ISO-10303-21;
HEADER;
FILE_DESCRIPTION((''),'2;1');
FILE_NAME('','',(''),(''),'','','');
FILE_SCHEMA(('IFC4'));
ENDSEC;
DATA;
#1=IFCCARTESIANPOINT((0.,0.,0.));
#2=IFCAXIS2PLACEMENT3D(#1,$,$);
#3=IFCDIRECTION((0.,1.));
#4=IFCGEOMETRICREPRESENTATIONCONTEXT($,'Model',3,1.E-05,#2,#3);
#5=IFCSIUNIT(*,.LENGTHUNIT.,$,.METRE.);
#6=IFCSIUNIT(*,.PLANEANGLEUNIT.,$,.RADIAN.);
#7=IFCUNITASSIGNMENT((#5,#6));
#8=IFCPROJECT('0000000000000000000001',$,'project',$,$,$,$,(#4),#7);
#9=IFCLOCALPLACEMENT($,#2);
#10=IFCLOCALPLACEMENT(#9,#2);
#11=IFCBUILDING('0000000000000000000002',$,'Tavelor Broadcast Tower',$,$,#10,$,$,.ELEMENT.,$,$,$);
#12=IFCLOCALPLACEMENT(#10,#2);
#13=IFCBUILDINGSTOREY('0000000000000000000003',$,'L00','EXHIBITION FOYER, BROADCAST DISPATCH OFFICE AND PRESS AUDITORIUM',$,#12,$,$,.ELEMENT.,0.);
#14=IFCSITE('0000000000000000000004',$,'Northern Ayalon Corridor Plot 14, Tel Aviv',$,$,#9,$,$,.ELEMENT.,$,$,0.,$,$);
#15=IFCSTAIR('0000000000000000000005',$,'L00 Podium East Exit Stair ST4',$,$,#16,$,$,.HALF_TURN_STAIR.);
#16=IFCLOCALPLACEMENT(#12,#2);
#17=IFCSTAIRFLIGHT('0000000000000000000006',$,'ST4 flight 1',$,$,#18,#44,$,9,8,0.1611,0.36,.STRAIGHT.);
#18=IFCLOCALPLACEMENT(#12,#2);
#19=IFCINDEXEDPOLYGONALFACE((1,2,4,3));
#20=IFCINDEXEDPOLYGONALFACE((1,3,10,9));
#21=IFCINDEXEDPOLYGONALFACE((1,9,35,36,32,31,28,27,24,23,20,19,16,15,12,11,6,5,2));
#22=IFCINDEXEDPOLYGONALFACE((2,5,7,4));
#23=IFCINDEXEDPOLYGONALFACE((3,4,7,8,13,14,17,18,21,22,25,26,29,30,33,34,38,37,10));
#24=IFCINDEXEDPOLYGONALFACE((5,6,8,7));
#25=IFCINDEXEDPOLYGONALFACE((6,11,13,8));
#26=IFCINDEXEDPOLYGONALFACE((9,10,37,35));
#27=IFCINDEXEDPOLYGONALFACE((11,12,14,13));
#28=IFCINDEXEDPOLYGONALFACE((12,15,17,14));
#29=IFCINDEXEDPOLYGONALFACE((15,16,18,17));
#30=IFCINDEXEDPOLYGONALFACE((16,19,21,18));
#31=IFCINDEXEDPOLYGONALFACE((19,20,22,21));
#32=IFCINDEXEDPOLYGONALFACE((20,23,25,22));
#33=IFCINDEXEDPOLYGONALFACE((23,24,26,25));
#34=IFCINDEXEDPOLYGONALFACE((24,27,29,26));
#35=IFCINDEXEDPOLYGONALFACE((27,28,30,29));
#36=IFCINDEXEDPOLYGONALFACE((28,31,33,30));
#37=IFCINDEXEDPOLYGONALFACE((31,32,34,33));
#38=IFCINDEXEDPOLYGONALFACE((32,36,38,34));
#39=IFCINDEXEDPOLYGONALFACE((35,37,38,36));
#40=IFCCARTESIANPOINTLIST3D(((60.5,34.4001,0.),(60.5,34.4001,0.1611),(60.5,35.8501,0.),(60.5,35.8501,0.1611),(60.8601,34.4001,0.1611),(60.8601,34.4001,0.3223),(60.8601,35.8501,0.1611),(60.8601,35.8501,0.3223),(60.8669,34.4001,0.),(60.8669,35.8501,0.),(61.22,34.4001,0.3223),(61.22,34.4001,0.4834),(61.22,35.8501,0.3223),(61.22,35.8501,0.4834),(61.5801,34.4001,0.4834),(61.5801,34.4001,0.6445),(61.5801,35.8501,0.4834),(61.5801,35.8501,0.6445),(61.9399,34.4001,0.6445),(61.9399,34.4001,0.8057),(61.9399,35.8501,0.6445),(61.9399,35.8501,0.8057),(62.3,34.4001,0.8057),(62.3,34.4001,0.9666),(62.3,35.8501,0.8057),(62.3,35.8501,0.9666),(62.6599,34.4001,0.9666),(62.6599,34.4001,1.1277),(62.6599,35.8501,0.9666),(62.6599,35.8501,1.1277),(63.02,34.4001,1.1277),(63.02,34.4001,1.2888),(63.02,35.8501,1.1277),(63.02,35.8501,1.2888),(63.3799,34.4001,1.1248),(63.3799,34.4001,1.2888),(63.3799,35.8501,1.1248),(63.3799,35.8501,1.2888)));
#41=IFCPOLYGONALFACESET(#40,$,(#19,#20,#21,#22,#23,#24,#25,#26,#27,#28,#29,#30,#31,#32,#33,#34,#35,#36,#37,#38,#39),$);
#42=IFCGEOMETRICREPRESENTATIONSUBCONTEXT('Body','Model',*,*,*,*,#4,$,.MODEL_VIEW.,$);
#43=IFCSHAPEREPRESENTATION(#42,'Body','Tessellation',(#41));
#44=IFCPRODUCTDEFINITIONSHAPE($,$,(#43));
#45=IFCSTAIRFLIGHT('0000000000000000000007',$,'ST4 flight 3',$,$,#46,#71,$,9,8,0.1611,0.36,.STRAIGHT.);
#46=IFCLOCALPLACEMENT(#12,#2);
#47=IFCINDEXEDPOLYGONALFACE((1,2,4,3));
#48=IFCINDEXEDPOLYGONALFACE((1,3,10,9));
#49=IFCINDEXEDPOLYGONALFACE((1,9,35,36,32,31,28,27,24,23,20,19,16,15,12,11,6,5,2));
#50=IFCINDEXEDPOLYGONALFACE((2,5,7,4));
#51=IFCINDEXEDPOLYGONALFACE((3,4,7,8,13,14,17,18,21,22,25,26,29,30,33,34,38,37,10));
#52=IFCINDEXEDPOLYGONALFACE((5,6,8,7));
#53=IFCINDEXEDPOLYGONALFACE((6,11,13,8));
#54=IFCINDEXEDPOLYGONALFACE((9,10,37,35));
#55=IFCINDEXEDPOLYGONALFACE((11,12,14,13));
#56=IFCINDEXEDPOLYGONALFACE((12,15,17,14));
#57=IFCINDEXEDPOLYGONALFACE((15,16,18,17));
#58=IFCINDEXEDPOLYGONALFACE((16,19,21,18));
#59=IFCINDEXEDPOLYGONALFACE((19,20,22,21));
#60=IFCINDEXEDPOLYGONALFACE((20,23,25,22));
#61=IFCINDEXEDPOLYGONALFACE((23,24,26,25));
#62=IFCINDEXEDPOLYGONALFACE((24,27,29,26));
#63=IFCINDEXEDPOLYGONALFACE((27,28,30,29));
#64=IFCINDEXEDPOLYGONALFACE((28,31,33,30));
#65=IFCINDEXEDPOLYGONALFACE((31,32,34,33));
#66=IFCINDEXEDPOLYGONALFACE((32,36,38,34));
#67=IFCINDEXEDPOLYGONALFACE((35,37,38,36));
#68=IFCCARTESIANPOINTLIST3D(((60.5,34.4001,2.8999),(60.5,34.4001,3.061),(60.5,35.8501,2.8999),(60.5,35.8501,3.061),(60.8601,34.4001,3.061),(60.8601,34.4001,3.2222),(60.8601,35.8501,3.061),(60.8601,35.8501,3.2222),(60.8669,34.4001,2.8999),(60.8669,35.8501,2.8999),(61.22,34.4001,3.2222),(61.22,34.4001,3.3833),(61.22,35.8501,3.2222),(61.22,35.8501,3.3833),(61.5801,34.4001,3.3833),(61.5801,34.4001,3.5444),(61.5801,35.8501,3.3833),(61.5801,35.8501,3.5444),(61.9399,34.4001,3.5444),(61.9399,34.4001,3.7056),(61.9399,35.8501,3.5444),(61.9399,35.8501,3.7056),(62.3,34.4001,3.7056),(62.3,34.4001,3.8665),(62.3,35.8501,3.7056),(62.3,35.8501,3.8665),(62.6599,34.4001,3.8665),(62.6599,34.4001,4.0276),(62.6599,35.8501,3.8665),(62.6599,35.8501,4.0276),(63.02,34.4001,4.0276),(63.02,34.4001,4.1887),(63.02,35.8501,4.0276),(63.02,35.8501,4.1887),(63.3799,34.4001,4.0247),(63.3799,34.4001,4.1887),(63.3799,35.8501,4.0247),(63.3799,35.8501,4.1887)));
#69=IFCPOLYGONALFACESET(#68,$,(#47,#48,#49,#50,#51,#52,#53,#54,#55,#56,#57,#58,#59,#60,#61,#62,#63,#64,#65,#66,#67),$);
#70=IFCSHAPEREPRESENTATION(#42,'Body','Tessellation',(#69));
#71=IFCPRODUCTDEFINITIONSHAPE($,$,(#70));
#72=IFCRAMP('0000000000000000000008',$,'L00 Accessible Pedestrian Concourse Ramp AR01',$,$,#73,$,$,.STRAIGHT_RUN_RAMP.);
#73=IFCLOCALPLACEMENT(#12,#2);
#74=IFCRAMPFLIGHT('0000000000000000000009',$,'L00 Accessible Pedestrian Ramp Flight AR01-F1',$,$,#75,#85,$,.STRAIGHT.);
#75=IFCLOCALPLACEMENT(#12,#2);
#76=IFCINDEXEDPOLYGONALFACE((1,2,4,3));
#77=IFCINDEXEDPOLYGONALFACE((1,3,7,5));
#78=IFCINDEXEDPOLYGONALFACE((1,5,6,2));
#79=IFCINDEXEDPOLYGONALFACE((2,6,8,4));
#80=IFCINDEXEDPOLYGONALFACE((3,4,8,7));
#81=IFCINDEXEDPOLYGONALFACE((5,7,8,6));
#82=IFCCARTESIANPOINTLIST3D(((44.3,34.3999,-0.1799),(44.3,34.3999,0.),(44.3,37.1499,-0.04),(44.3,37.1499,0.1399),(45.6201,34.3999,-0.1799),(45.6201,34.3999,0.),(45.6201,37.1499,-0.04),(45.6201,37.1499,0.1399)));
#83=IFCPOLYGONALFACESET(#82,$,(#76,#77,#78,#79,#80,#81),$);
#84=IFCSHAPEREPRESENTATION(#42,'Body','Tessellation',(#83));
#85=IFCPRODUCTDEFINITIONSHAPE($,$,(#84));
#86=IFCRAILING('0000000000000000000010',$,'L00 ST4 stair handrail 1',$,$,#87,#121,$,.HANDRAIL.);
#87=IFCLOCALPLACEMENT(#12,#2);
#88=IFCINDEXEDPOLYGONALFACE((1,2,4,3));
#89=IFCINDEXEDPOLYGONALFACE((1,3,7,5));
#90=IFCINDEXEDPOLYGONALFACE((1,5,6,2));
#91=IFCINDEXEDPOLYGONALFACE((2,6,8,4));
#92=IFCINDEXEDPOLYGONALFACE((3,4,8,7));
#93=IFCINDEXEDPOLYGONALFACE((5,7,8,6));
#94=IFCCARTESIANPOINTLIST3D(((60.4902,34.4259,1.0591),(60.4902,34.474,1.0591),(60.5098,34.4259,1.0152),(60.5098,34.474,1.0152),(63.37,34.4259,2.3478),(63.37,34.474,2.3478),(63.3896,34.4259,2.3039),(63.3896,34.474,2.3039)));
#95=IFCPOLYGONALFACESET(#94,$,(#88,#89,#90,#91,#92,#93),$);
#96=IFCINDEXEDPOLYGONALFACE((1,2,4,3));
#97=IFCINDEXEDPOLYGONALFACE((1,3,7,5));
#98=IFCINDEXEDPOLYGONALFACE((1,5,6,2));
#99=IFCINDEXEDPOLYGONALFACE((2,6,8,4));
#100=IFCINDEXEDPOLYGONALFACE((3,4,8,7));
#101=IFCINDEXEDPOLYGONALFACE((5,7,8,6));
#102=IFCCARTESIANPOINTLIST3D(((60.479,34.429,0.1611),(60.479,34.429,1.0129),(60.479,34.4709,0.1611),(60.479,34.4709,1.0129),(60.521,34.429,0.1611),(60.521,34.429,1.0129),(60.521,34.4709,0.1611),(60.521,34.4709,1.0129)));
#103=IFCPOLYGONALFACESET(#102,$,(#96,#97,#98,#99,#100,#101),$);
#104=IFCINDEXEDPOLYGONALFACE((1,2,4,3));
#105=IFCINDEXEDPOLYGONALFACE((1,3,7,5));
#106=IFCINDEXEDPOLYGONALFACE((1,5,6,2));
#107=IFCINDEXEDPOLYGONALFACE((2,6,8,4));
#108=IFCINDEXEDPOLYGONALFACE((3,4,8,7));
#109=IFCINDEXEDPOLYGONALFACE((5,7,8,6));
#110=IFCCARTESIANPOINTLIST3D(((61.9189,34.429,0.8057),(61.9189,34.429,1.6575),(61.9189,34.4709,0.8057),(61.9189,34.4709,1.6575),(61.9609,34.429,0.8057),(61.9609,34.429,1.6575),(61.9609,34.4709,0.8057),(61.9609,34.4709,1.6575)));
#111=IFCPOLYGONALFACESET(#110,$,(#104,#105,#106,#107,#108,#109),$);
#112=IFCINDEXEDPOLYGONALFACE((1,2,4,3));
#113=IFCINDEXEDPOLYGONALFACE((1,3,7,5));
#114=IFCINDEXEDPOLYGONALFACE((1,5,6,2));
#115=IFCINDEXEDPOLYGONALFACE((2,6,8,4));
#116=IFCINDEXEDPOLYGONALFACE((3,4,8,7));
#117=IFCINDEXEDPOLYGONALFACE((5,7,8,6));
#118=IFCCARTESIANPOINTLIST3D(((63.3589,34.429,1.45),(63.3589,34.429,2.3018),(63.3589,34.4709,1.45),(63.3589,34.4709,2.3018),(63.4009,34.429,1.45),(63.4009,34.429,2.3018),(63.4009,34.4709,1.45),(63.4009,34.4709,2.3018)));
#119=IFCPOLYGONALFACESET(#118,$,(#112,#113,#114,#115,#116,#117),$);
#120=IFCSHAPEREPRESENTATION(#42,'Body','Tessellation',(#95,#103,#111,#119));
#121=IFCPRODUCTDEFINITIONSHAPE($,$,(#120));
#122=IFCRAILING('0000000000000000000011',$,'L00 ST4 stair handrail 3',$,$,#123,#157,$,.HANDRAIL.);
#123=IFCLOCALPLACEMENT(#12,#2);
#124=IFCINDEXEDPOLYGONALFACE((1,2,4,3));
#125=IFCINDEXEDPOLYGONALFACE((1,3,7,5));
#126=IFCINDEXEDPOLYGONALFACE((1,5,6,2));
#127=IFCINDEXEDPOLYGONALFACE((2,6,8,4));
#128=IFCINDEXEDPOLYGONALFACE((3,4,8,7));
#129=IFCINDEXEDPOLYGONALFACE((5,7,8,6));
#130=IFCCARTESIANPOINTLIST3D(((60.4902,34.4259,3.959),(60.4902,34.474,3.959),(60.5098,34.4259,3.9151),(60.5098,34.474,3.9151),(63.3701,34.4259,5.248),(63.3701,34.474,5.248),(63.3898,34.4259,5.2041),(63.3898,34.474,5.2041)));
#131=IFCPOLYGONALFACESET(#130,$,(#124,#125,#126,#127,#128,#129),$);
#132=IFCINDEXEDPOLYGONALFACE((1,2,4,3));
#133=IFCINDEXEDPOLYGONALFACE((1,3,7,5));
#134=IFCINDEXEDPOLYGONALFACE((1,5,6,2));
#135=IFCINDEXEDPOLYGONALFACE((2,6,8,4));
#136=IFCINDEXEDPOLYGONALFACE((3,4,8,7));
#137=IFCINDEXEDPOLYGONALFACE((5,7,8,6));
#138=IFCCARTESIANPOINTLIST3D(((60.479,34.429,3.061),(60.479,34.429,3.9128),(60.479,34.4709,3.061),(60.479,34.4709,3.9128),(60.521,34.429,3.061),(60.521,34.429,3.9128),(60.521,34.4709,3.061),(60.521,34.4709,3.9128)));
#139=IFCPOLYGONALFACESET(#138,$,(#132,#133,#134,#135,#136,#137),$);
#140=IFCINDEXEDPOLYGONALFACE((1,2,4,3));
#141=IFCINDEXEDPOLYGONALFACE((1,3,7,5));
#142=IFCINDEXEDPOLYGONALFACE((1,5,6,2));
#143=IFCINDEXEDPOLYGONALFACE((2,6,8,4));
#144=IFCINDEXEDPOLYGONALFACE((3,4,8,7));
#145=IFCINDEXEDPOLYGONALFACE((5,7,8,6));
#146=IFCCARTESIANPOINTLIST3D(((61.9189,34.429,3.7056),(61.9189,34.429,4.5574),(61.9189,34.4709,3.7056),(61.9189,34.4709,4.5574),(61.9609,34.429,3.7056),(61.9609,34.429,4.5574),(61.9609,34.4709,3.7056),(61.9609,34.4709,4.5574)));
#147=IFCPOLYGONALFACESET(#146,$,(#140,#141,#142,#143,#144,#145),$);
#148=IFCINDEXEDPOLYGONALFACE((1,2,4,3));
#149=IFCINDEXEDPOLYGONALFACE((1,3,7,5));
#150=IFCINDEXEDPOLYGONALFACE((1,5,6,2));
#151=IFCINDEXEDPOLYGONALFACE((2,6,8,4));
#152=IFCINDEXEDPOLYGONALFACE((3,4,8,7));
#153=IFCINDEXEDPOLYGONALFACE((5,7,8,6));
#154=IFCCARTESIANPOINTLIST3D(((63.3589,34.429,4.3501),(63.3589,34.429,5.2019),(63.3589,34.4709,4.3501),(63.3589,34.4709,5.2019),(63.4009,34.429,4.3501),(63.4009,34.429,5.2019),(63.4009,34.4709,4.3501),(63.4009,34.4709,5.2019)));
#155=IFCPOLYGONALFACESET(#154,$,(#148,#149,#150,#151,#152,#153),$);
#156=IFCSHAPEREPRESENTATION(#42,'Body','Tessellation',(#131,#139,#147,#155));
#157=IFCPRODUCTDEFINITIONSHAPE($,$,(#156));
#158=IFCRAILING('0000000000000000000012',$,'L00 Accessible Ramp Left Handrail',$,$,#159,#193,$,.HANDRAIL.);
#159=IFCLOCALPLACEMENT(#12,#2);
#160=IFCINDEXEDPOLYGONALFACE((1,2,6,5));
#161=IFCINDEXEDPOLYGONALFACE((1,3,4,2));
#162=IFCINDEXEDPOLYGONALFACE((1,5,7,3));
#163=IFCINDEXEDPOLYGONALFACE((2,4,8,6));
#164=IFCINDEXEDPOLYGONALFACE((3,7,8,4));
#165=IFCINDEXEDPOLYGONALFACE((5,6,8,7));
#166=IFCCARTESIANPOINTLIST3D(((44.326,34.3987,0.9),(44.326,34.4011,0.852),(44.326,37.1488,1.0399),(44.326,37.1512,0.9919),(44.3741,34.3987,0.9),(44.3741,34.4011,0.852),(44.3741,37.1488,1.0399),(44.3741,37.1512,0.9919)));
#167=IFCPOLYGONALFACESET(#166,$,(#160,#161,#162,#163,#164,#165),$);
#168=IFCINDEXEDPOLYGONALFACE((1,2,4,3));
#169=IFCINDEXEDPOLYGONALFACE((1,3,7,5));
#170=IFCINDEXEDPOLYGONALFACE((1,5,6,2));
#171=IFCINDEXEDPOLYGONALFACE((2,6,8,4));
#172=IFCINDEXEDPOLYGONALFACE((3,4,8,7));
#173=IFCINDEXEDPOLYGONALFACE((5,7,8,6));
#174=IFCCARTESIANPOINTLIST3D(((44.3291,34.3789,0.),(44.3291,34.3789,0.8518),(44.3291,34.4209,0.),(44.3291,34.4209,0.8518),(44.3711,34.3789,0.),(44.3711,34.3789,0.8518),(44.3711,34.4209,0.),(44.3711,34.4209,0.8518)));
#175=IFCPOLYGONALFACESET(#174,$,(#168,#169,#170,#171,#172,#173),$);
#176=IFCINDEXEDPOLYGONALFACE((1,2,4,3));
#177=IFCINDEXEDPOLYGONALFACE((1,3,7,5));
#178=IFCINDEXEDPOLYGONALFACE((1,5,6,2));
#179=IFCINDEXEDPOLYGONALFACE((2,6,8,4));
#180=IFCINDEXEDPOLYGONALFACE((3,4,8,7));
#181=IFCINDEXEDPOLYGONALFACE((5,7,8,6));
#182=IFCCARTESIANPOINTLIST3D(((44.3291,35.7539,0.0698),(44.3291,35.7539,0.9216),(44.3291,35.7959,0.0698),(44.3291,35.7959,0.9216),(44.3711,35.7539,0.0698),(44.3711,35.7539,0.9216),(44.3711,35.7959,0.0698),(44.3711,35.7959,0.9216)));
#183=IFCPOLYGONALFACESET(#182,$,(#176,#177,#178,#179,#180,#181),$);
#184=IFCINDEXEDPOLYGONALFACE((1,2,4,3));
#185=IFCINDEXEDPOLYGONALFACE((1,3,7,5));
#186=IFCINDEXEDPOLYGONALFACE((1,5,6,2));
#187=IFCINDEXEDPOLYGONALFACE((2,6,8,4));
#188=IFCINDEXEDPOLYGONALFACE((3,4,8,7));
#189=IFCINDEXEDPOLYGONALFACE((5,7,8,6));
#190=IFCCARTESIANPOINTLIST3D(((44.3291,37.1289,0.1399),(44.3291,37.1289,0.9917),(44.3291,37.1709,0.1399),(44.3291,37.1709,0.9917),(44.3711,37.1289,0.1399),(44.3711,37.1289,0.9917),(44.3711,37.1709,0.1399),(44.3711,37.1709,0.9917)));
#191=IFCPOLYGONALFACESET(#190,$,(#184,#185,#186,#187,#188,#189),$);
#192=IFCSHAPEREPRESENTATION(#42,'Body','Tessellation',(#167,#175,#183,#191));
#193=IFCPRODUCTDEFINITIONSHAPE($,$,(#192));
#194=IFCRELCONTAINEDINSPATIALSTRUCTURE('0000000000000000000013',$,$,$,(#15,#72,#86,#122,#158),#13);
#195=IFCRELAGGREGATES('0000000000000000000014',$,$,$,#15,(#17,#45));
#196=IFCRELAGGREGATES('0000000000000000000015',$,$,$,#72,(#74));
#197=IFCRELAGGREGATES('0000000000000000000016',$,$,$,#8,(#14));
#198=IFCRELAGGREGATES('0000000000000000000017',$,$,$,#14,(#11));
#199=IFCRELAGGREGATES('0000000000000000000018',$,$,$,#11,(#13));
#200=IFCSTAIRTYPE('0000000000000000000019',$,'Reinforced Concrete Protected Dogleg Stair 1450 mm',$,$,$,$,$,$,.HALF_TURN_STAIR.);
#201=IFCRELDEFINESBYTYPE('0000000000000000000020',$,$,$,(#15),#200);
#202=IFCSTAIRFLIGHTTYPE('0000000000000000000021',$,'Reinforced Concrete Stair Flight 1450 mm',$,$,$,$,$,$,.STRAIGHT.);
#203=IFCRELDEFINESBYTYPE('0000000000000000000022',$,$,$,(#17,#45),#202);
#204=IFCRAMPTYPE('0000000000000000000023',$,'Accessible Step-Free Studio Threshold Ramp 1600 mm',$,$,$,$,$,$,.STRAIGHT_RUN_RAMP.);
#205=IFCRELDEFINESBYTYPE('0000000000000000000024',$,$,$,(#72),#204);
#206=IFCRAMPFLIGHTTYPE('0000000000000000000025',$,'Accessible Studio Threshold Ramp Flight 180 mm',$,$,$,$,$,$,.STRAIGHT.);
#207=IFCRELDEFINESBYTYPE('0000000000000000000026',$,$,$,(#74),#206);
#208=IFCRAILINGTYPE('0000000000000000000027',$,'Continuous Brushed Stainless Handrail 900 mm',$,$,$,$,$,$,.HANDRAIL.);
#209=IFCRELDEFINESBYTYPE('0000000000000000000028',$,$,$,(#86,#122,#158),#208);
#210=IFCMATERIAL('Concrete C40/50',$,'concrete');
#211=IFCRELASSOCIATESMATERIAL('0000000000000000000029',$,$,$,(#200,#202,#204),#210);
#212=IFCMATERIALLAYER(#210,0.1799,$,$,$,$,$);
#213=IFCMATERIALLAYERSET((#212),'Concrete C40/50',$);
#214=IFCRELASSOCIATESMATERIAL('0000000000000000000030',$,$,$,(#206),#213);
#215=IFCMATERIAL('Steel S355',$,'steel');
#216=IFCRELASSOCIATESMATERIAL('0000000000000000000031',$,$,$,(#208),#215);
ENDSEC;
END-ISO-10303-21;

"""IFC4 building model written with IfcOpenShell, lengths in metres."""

from ifc_helpers import new_model, si_unit, direction, frame, origin, origin_2d, place, context, subcontext, project, spatial, polyline, rectangle, outline, extrude, material, layer, layer_set, type_object, element, aggregate, save


model = new_model("IFC4")

# Units and contexts
model_context = context("Model", 3, precision=1e-05, world=origin(), true_north=direction((0.0, 1.0)))
body_context = subcontext(model_context, "Body", "Model", "MODEL_VIEW")
ifc_project = project(units=[si_unit("LENGTHUNIT", "METRE"), si_unit("PLANEANGLEUNIT", "RADIAN")], contexts=[model_context])

# Site, building, storey
site_placement = place(None, origin())
site = spatial("IfcSite", under=ifc_project, at=site_placement, Name="Northern Ayalon Corridor Plot 14, Tel Aviv", CompositionType="ELEMENT", RefElevation=0.0)
building_placement = place(site_placement, origin())
building = spatial("IfcBuilding", under=site, at=building_placement, Name="Tavelor Broadcast Tower", CompositionType="ELEMENT")
storey_placement = place(building_placement, origin())
storey = spatial("IfcBuildingStorey", under=building, at=storey_placement, Name="L00", Description="EXHIBITION FOYER, BROADCAST DISPATCH OFFICE AND PRESS AUDITORIUM", CompositionType="ELEMENT", Elevation=0.0)

# Shared definitions
ifc_material_1 = material(Name="Steel S355", Category="steel")

# Shared definitions
ifc_material_2 = material(Name="Concrete C40/50", Category="concrete")

# Stair, stair flights
stair_type = type_object("IfcStairType", Name="Reinforced Concrete Protected Dogleg Stair 1450 mm", PredefinedType="HALF_TURN_STAIR", material=ifc_material_2)
stair_placement = place(storey_placement, origin())
stair = element("IfcStair", 1, at=stair_placement, inside=storey, type_object=stair_type, Name="L00 Podium East Exit Stair ST4", PredefinedType="HALF_TURN_STAIR")
stair_flight_type = type_object("IfcStairFlightType", Name="Reinforced Concrete Stair Flight 1450 mm", PredefinedType="STRAIGHT", material=ifc_material_2)
stair_flight_1_placement = place(storey_placement, frame((60.5, 35.125, 0.0), z_axis=(0.0, 0.0, 1.0), x_axis=(1.0, 0.0, 0.0)))
stair_flight_1 = element("IfcStairFlight", 2, at=stair_flight_1_placement, type_object=stair_flight_type, Name="ST4 flight 1", NumberOfRisers=9, NumberOfTreads=8, PredefinedType="STRAIGHT", RiserHeight=0.1611, TreadLength=0.36, context=body_context, shape_type="SweptSolid", body=[
    extrude(outline(polyline([(0.0, 0.0), (0.0, 0.1611), (0.3601, 0.1611), (0.3601, 0.3223), (0.72, 0.3223), (0.72, 0.4834), (1.0801, 0.4834), (1.0801, 0.6445), (1.4399, 0.6445), (1.4399, 0.8057), (1.8, 0.8057), (1.8, 0.9666), (2.1599, 0.9666), (2.1599, 1.1277), (2.52, 1.1277), (2.52, 1.2888), (2.8799, 1.2888), (2.8799, 1.45), (2.8799, 1.1248), (0.3669, 0.0), (0.0, 0.0)])), frame((0.0, 0.7251, 0.0), z_axis=(0.0, -1.0, 0.0), x_axis=(1.0, 0.0, 0.0)), (0.0, 0.0, 1.0), 1.45),
])
stair_flight_2_placement = place(storey_placement, frame((60.5, 35.125, 2.8999), z_axis=(0.0, 0.0, 1.0), x_axis=(1.0, 0.0, 0.0)))
stair_flight_2 = element("IfcStairFlight", 3, at=stair_flight_2_placement, type_object=stair_flight_type, Name="ST4 flight 3", NumberOfRisers=9, NumberOfTreads=8, PredefinedType="STRAIGHT", RiserHeight=0.1611, TreadLength=0.36, context=body_context, shape_type="SweptSolid", body=[
    extrude(outline(polyline([(0.0, 0.0), (0.0, 0.1611), (0.3601, 0.1611), (0.3601, 0.3223), (0.72, 0.3223), (0.72, 0.4834), (1.0801, 0.4834), (1.0801, 0.6445), (1.4399, 0.6445), (1.4399, 0.8057), (1.8, 0.8057), (1.8, 0.9666), (2.1599, 0.9666), (2.1599, 1.1277), (2.52, 1.1277), (2.52, 1.2888), (2.8799, 1.2888), (2.8799, 1.45), (2.8799, 1.1248), (0.3669, 0.0), (0.0, 0.0)])), frame((0.0, 0.7251, 0.0), z_axis=(0.0, -1.0, 0.0), x_axis=(1.0, 0.0, 0.0)), (0.0, 0.0, 1.0), 1.45),
])
aggregate(stair, [stair_flight_1, stair_flight_2])

# Ramp, ramp flight
ramp_type = type_object("IfcRampType", Name="Accessible Step-Free Studio Threshold Ramp 1600 mm", PredefinedType="STRAIGHT_RUN_RAMP", material=ifc_material_2)
ramp_placement = place(storey_placement, origin())
ramp = element("IfcRamp", 4, at=ramp_placement, inside=storey, type_object=ramp_type, Name="L00 Accessible Pedestrian Concourse Ramp AR01", PredefinedType="STRAIGHT_RUN_RAMP")
ifc_layer_1 = layer(ifc_material_2, 0.1799)
ifc_layer_set_1 = layer_set([ifc_layer_1], Name="Concrete C40/50")
ramp_flight_type = type_object("IfcRampFlightType", Name="Accessible Studio Threshold Ramp Flight 180 mm", PredefinedType="STRAIGHT", material=ifc_layer_set_1)
ramp_flight_placement = place(storey_placement, frame((44.3, 34.3999, 0.0), z_axis=(0.0, 0.0, 1.0), x_axis=(0.0, 1.0, 0.0)))
ramp_flight = element("IfcRampFlight", 5, at=ramp_flight_placement, type_object=ramp_flight_type, Name="L00 Accessible Pedestrian Ramp Flight AR01-F1", PredefinedType="STRAIGHT", context=body_context, shape_type="SweptSolid", body=[
    extrude(outline(polyline([(0.0, -0.1799), (2.75, -0.04), (2.75, 0.1399), (0.0, 0.0), (0.0, -0.1799)])), frame((0.0, 0.0, 0.0), z_axis=(0.0, -1.0, 0.0), x_axis=(1.0, 0.0, 0.0)), (0.0, 0.0, 1.0), 1.3201),
])
aggregate(ramp, [ramp_flight])

# Railings
railing_type_1 = type_object("IfcRailingType", Name="Continuous Brushed Stainless Handrail 900 mm", PredefinedType="HANDRAIL", material=ifc_material_1)
railing_1_placement = place(storey_placement, frame((60.5, 34.45, 0.1611)))
element("IfcRailing", 6, at=railing_1_placement, inside=storey, type_object=railing_type_1, Name="L00 ST4 stair handrail 1", PredefinedType="HANDRAIL", context=body_context, shape_type="SweptSolid", body=[
    extrude(rectangle(XDim=0.0481, YDim=0.0481, at=origin_2d()), frame((0.0, 0.0, 0.876), z_axis=(0.912765, 0.0, 0.408485), x_axis=(0.0, 1.0, 0.0)), (0.0, 0.0, 1.0), 3.155),
    extrude(rectangle(XDim=0.042, YDim=0.042, at=origin_2d()), origin(), (0.0, 0.0, 1.0), 0.8518),
    extrude(rectangle(XDim=0.042, YDim=0.042, at=origin_2d()), frame((1.4399, 0.0, 0.6445)), (0.0, 0.0, 1.0), 0.8518),
    extrude(rectangle(XDim=0.042, YDim=0.042, at=origin_2d()), frame((2.8799, 0.0, 1.2888)), (0.0, 0.0, 1.0), 0.8518),
])
railing_2_placement = place(storey_placement, frame((60.5, 34.45, 3.061)))
element("IfcRailing", 7, at=railing_2_placement, inside=storey, type_object=railing_type_1, Name="L00 ST4 stair handrail 3", PredefinedType="HANDRAIL", context=body_context, shape_type="SweptSolid", body=[
    extrude(rectangle(XDim=0.0481, YDim=0.0481, at=origin_2d()), frame((0.0, 0.0, 0.876), z_axis=(0.912736, 0.0, 0.408549), x_axis=(0.0, 1.0, 0.0)), (0.0, 0.0, 1.0), 3.1553),
    extrude(rectangle(XDim=0.042, YDim=0.042, at=origin_2d()), origin(), (0.0, 0.0, 1.0), 0.8518),
    extrude(rectangle(XDim=0.042, YDim=0.042, at=origin_2d()), frame((1.4399, 0.0, 0.6445)), (0.0, 0.0, 1.0), 0.8518),
    extrude(rectangle(XDim=0.042, YDim=0.042, at=origin_2d()), frame((2.8799, 0.0, 1.2891)), (0.0, 0.0, 1.0), 0.8518),
])
for number, where, name in (
    (8, (44.3501, 34.3999, 0.0), "L00 Accessible Ramp Left Handrail"),
):
    element("IfcRailing", number, at=place(storey_placement, frame(where)), inside=storey, type_object=railing_type_1, Name=name, PredefinedType="HANDRAIL", context=body_context, shape_type="SweptSolid", body=[
        extrude(rectangle(XDim=0.0481, YDim=0.0481, at=origin_2d()), frame((0.0, 0.0, 0.876), z_axis=(0.0, 0.998709, 0.050804), x_axis=(-1.0, 0.0, 0.0)), (0.0, 0.0, 1.0), 2.7537),
        extrude(rectangle(XDim=0.042, YDim=0.042, at=origin_2d()), origin(), (0.0, 0.0, 1.0), 0.8518),
        extrude(rectangle(XDim=0.042, YDim=0.042, at=origin_2d()), frame((0.0, 1.375, 0.0698)), (0.0, 0.0, 1.0), 0.8518),
        extrude(rectangle(XDim=0.042, YDim=0.042, at=origin_2d()), frame((0.0, 2.75, 0.1399)), (0.0, 0.0, 1.0), 0.8518),
    ])

save(model, "model.ifc")
